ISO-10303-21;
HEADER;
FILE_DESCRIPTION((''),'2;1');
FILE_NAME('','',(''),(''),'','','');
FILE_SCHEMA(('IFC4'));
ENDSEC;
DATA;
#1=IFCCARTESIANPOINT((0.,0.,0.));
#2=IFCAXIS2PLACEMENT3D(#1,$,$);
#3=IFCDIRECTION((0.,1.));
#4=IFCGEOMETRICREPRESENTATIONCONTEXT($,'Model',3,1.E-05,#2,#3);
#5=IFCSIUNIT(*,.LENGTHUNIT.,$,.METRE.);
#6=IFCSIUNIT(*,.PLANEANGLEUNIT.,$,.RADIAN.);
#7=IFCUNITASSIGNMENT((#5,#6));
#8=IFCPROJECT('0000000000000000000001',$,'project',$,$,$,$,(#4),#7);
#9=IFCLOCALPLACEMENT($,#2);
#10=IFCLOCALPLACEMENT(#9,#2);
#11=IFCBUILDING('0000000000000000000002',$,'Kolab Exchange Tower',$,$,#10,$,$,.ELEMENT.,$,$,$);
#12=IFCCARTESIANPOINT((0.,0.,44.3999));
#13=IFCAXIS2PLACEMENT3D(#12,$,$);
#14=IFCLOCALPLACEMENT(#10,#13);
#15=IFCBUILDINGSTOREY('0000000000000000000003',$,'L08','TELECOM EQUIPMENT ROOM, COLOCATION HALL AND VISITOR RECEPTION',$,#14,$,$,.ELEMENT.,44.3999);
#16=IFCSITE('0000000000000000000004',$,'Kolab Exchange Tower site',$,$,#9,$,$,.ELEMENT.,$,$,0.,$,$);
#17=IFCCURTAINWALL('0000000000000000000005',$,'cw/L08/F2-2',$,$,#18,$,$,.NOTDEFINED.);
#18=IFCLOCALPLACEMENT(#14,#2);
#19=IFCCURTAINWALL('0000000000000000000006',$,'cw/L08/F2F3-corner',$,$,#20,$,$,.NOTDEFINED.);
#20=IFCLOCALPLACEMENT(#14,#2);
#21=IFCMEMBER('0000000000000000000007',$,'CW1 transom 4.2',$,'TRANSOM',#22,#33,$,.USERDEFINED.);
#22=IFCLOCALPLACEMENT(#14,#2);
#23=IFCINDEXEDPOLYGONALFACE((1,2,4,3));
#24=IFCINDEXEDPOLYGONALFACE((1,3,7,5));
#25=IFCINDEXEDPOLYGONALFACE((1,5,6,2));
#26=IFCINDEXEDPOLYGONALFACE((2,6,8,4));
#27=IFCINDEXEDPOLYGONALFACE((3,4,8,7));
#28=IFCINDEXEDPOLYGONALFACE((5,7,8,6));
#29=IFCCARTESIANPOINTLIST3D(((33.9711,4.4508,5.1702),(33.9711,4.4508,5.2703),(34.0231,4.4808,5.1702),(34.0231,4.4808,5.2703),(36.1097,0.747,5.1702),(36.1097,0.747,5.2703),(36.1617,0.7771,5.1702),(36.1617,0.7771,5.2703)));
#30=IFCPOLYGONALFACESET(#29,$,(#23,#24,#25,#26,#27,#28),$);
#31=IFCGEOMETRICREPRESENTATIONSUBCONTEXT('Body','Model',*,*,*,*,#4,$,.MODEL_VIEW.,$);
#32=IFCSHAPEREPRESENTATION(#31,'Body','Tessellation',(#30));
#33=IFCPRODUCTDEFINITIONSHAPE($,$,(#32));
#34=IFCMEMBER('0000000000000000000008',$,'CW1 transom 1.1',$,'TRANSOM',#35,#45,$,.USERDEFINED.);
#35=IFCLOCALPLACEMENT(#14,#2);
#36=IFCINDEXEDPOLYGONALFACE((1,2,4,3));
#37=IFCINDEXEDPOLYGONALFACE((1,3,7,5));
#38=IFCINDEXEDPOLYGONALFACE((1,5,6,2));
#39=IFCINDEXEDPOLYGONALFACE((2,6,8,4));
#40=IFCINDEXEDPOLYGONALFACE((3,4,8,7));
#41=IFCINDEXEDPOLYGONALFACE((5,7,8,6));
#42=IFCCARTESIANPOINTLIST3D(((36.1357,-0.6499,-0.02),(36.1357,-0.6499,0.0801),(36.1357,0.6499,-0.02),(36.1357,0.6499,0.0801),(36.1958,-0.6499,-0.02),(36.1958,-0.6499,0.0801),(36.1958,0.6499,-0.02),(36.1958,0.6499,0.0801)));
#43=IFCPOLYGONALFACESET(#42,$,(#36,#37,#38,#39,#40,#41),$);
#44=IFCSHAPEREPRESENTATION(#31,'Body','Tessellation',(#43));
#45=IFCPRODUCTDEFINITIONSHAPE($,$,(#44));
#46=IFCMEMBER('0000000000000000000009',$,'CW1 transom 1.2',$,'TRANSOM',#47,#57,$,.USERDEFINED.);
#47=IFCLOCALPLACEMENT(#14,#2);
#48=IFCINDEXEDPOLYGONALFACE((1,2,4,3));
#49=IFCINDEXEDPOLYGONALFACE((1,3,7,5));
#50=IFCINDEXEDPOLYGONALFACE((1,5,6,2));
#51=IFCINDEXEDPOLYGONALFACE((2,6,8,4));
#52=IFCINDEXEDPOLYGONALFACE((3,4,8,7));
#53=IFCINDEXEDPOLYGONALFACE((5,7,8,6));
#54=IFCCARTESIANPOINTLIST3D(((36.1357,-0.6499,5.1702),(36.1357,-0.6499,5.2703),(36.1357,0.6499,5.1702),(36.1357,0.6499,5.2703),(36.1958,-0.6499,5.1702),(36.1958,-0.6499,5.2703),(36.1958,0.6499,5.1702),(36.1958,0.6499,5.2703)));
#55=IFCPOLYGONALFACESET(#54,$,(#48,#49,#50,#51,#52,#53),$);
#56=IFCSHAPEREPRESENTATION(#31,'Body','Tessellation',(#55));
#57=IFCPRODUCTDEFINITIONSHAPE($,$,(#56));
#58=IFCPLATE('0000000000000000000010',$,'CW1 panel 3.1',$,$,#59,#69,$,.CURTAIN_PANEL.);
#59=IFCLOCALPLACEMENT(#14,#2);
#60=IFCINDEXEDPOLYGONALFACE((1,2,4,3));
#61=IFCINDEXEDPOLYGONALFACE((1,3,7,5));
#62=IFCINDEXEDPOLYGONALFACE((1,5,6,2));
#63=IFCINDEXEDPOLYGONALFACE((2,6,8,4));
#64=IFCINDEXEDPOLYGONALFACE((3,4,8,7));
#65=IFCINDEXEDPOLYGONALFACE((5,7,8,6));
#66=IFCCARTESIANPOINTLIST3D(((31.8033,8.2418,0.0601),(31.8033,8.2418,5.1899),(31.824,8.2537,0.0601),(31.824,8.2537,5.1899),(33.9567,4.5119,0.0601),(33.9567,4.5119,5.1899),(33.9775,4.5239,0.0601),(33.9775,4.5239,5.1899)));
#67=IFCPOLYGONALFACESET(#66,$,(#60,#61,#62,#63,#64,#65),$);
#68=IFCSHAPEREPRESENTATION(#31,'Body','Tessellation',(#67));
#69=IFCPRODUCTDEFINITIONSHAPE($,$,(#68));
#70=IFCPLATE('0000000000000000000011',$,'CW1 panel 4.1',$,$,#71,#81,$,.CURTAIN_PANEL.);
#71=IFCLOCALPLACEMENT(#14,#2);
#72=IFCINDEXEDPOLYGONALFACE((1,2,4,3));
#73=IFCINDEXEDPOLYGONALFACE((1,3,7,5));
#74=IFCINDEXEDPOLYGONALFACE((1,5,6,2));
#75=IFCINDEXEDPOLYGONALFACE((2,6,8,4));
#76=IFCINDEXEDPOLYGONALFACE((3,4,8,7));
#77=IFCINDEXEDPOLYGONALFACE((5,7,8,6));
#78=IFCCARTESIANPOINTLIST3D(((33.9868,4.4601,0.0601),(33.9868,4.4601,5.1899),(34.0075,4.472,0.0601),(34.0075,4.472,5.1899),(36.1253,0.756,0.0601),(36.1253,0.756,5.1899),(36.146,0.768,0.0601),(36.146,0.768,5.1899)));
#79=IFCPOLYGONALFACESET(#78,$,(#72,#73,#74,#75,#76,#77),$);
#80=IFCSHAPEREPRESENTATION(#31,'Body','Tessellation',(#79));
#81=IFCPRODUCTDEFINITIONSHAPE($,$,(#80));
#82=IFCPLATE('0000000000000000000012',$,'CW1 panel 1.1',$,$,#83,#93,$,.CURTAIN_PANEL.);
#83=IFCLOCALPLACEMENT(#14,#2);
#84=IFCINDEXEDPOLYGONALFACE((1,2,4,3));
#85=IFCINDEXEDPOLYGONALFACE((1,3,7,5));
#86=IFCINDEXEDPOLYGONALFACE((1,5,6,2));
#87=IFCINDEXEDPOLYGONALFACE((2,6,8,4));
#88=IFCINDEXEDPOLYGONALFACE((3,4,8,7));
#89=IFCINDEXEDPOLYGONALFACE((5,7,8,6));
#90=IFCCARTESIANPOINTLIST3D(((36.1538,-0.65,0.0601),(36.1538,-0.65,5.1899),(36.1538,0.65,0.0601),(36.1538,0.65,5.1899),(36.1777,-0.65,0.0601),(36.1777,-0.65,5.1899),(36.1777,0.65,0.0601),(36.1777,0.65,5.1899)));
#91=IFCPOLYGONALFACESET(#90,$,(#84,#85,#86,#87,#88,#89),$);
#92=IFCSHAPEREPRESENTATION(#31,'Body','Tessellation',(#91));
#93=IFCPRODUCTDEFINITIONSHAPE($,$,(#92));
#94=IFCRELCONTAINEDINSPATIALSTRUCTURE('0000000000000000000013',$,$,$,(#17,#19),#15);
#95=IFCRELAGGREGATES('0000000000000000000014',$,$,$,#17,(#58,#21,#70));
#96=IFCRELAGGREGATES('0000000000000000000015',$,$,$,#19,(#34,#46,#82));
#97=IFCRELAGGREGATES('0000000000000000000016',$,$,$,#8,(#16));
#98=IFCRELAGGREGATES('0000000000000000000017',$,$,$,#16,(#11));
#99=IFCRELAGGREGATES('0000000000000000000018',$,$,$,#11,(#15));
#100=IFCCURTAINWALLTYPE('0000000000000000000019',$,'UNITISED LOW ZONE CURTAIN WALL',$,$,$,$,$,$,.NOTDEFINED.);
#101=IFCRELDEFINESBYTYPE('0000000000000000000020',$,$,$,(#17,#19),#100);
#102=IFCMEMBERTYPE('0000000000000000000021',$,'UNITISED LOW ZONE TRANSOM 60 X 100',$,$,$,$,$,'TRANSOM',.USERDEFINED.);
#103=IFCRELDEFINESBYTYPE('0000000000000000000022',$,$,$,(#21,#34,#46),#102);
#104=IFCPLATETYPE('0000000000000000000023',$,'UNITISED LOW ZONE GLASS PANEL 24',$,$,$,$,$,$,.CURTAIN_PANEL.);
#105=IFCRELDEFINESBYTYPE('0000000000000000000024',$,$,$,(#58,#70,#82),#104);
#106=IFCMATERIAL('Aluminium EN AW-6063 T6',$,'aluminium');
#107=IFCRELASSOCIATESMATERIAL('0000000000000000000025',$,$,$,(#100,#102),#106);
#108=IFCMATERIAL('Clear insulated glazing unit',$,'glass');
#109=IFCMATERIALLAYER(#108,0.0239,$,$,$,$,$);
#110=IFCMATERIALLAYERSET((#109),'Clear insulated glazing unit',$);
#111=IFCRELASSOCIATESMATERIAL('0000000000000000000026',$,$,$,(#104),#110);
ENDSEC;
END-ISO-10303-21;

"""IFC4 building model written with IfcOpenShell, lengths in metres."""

from ifc_helpers import new_model, si_unit, direction, frame, origin, origin_2d, place, context, subcontext, project, spatial, rectangle, extrude, material, layer, layer_set, material_profile, profile_set, type_object, element, aggregate, save


model = new_model("IFC4")

# Units and contexts
model_context = context("Model", 3, precision=1e-05, world=origin(), true_north=direction((0.0, 1.0)))
body_context = subcontext(model_context, "Body", "Model", "MODEL_VIEW")
ifc_project = project(units=[si_unit("LENGTHUNIT", "METRE"), si_unit("PLANEANGLEUNIT", "RADIAN")], contexts=[model_context])

# Site, building, storey
site_placement = place(None, origin())
site = spatial("IfcSite", under=ifc_project, at=site_placement, Name="Kolab Exchange Tower site", CompositionType="ELEMENT", RefElevation=0.0)
building_placement = place(site_placement, origin())
building = spatial("IfcBuilding", under=site, at=building_placement, Name="Kolab Exchange Tower", CompositionType="ELEMENT")
storey_placement = place(building_placement, frame((0.0, 0.0, 44.3999)))
storey = spatial("IfcBuildingStorey", under=building, at=storey_placement, Name="L08", Description="TELECOM EQUIPMENT ROOM, COLOCATION HALL AND VISITOR RECEPTION", CompositionType="ELEMENT", Elevation=44.3999)

# Curtain wall
ifc_material_1 = material(Name="Aluminium EN AW-6063 T6", Category="aluminium")
curtain_wall_type = type_object("IfcCurtainWallType", Name="UNITISED LOW ZONE CURTAIN WALL", PredefinedType="NOTDEFINED", material=ifc_material_1)
curtain_wall_1_placement = place(storey_placement, origin())
curtain_wall_1 = element("IfcCurtainWall", 1, at=curtain_wall_1_placement, inside=storey, type_object=curtain_wall_type, Name="cw/L08/F2-2", PredefinedType="NOTDEFINED")

# Curtain wall
curtain_wall_2_placement = place(storey_placement, origin())
curtain_wall_2 = element("IfcCurtainWall", 2, at=curtain_wall_2_placement, inside=storey, type_object=curtain_wall_type, Name="cw/L08/F2F3-corner", PredefinedType="NOTDEFINED")

# Members
ifc_material_profile_1 = material_profile(ifc_material_1, rectangle(XDim=0.0601, YDim=0.1001, at=origin_2d()), Name="RECT 60X100")
ifc_profile_set_1 = profile_set([ifc_material_profile_1], Name="Aluminium EN AW-6063 T6")
member_type_1 = type_object("IfcMemberType", Name="UNITISED LOW ZONE TRANSOM 60 X 100", ElementType="TRANSOM", PredefinedType="USERDEFINED", material=ifc_profile_set_1)
member_1_placement = place(storey_placement, frame((33.9971, 4.4658, 5.2202), z_axis=(0.500044, -0.866, 0.0), x_axis=(0.866, 0.500044, 0.0)))
member_1 = element("IfcMember", 3, at=member_1_placement, type_object=member_type_1, Name="CW1 transom 4.2", ObjectType="TRANSOM", PredefinedType="USERDEFINED", context=body_context, shape_type="SweptSolid", body=[
    extrude(rectangle(XDim=0.0601, YDim=0.1001, at=origin_2d()), origin(), (0.0, 0.0, 1.0), 4.2769),
])
member_2_placement = place(storey_placement, frame((36.1658, 0.6499, 0.03), z_axis=(0.0, -1.0, 0.0), x_axis=(1.0, 0.0, 0.0)))
member_2 = element("IfcMember", 4, at=member_2_placement, type_object=member_type_1, Name="CW1 transom 1.1", ObjectType="TRANSOM", PredefinedType="USERDEFINED", context=body_context, shape_type="SweptSolid", body=[
    extrude(rectangle(XDim=0.0601, YDim=0.1001, at=origin_2d()), origin(), (0.0, 0.0, 1.0), 1.2998),
])
member_3_placement = place(storey_placement, frame((36.1658, 0.6499, 5.2202), z_axis=(0.0, -1.0, 0.0), x_axis=(1.0, 0.0, 0.0)))
member_3 = element("IfcMember", 5, at=member_3_placement, type_object=member_type_1, Name="CW1 transom 1.2", ObjectType="TRANSOM", PredefinedType="USERDEFINED", context=body_context, shape_type="SweptSolid", body=[
    extrude(rectangle(XDim=0.0601, YDim=0.1001, at=origin_2d()), origin(), (0.0, 0.0, 1.0), 1.2998),
])

# Plates
ifc_material_2 = material(Name="Clear insulated glazing unit", Category="glass")
ifc_layer = layer(ifc_material_2, 0.0239)
ifc_layer_set = layer_set([ifc_layer], Name="Clear insulated glazing unit")
plate_type = type_object("IfcPlateType", Name="UNITISED LOW ZONE GLASS PANEL 24", PredefinedType="CURTAIN_PANEL", material=ifc_layer_set)
plate_1_placement = place(storey_placement, frame((32.8904, 6.3828, 0.0601), z_axis=(0.0, 0.0, 1.0), x_axis=(0.5, -0.866025, 0.0)))
plate_1 = element("IfcPlate", 6, at=plate_1_placement, type_object=plate_type, Name="CW1 panel 3.1", PredefinedType="CURTAIN_PANEL", context=body_context, shape_type="SweptSolid", body=[
    extrude(rectangle(XDim=4.3069, YDim=0.0239, at=origin_2d()), origin(), (0.0, 0.0, 1.0), 5.1299),
])
plate_2_placement = place(storey_placement, frame((35.0664, 2.614, 0.0601), z_axis=(0.0, 0.0, 1.0), x_axis=(0.5, -0.866025, 0.0)))
plate_2 = element("IfcPlate", 7, at=plate_2_placement, type_object=plate_type, Name="CW1 panel 4.1", PredefinedType="CURTAIN_PANEL", context=body_context, shape_type="SweptSolid", body=[
    extrude(rectangle(XDim=4.2771, YDim=0.0239, at=origin_2d()), origin(), (0.0, 0.0, 1.0), 5.1299),
])
aggregate(curtain_wall_1, [plate_1, member_1, plate_2])
plate_3_placement = place(storey_placement, frame((36.1658, 0.0, 0.0601), z_axis=(0.0, 0.0, 1.0), x_axis=(0.0, -1.0, 0.0)))
plate_3 = element("IfcPlate", 8, at=plate_3_placement, type_object=plate_type, Name="CW1 panel 1.1", PredefinedType="CURTAIN_PANEL", context=body_context, shape_type="SweptSolid", body=[
    extrude(rectangle(XDim=1.3, YDim=0.0239, at=origin_2d()), origin(), (0.0, 0.0, 1.0), 5.1299),
])
aggregate(curtain_wall_2, [member_2, member_3, plate_3])

save(model, "model.ifc")
